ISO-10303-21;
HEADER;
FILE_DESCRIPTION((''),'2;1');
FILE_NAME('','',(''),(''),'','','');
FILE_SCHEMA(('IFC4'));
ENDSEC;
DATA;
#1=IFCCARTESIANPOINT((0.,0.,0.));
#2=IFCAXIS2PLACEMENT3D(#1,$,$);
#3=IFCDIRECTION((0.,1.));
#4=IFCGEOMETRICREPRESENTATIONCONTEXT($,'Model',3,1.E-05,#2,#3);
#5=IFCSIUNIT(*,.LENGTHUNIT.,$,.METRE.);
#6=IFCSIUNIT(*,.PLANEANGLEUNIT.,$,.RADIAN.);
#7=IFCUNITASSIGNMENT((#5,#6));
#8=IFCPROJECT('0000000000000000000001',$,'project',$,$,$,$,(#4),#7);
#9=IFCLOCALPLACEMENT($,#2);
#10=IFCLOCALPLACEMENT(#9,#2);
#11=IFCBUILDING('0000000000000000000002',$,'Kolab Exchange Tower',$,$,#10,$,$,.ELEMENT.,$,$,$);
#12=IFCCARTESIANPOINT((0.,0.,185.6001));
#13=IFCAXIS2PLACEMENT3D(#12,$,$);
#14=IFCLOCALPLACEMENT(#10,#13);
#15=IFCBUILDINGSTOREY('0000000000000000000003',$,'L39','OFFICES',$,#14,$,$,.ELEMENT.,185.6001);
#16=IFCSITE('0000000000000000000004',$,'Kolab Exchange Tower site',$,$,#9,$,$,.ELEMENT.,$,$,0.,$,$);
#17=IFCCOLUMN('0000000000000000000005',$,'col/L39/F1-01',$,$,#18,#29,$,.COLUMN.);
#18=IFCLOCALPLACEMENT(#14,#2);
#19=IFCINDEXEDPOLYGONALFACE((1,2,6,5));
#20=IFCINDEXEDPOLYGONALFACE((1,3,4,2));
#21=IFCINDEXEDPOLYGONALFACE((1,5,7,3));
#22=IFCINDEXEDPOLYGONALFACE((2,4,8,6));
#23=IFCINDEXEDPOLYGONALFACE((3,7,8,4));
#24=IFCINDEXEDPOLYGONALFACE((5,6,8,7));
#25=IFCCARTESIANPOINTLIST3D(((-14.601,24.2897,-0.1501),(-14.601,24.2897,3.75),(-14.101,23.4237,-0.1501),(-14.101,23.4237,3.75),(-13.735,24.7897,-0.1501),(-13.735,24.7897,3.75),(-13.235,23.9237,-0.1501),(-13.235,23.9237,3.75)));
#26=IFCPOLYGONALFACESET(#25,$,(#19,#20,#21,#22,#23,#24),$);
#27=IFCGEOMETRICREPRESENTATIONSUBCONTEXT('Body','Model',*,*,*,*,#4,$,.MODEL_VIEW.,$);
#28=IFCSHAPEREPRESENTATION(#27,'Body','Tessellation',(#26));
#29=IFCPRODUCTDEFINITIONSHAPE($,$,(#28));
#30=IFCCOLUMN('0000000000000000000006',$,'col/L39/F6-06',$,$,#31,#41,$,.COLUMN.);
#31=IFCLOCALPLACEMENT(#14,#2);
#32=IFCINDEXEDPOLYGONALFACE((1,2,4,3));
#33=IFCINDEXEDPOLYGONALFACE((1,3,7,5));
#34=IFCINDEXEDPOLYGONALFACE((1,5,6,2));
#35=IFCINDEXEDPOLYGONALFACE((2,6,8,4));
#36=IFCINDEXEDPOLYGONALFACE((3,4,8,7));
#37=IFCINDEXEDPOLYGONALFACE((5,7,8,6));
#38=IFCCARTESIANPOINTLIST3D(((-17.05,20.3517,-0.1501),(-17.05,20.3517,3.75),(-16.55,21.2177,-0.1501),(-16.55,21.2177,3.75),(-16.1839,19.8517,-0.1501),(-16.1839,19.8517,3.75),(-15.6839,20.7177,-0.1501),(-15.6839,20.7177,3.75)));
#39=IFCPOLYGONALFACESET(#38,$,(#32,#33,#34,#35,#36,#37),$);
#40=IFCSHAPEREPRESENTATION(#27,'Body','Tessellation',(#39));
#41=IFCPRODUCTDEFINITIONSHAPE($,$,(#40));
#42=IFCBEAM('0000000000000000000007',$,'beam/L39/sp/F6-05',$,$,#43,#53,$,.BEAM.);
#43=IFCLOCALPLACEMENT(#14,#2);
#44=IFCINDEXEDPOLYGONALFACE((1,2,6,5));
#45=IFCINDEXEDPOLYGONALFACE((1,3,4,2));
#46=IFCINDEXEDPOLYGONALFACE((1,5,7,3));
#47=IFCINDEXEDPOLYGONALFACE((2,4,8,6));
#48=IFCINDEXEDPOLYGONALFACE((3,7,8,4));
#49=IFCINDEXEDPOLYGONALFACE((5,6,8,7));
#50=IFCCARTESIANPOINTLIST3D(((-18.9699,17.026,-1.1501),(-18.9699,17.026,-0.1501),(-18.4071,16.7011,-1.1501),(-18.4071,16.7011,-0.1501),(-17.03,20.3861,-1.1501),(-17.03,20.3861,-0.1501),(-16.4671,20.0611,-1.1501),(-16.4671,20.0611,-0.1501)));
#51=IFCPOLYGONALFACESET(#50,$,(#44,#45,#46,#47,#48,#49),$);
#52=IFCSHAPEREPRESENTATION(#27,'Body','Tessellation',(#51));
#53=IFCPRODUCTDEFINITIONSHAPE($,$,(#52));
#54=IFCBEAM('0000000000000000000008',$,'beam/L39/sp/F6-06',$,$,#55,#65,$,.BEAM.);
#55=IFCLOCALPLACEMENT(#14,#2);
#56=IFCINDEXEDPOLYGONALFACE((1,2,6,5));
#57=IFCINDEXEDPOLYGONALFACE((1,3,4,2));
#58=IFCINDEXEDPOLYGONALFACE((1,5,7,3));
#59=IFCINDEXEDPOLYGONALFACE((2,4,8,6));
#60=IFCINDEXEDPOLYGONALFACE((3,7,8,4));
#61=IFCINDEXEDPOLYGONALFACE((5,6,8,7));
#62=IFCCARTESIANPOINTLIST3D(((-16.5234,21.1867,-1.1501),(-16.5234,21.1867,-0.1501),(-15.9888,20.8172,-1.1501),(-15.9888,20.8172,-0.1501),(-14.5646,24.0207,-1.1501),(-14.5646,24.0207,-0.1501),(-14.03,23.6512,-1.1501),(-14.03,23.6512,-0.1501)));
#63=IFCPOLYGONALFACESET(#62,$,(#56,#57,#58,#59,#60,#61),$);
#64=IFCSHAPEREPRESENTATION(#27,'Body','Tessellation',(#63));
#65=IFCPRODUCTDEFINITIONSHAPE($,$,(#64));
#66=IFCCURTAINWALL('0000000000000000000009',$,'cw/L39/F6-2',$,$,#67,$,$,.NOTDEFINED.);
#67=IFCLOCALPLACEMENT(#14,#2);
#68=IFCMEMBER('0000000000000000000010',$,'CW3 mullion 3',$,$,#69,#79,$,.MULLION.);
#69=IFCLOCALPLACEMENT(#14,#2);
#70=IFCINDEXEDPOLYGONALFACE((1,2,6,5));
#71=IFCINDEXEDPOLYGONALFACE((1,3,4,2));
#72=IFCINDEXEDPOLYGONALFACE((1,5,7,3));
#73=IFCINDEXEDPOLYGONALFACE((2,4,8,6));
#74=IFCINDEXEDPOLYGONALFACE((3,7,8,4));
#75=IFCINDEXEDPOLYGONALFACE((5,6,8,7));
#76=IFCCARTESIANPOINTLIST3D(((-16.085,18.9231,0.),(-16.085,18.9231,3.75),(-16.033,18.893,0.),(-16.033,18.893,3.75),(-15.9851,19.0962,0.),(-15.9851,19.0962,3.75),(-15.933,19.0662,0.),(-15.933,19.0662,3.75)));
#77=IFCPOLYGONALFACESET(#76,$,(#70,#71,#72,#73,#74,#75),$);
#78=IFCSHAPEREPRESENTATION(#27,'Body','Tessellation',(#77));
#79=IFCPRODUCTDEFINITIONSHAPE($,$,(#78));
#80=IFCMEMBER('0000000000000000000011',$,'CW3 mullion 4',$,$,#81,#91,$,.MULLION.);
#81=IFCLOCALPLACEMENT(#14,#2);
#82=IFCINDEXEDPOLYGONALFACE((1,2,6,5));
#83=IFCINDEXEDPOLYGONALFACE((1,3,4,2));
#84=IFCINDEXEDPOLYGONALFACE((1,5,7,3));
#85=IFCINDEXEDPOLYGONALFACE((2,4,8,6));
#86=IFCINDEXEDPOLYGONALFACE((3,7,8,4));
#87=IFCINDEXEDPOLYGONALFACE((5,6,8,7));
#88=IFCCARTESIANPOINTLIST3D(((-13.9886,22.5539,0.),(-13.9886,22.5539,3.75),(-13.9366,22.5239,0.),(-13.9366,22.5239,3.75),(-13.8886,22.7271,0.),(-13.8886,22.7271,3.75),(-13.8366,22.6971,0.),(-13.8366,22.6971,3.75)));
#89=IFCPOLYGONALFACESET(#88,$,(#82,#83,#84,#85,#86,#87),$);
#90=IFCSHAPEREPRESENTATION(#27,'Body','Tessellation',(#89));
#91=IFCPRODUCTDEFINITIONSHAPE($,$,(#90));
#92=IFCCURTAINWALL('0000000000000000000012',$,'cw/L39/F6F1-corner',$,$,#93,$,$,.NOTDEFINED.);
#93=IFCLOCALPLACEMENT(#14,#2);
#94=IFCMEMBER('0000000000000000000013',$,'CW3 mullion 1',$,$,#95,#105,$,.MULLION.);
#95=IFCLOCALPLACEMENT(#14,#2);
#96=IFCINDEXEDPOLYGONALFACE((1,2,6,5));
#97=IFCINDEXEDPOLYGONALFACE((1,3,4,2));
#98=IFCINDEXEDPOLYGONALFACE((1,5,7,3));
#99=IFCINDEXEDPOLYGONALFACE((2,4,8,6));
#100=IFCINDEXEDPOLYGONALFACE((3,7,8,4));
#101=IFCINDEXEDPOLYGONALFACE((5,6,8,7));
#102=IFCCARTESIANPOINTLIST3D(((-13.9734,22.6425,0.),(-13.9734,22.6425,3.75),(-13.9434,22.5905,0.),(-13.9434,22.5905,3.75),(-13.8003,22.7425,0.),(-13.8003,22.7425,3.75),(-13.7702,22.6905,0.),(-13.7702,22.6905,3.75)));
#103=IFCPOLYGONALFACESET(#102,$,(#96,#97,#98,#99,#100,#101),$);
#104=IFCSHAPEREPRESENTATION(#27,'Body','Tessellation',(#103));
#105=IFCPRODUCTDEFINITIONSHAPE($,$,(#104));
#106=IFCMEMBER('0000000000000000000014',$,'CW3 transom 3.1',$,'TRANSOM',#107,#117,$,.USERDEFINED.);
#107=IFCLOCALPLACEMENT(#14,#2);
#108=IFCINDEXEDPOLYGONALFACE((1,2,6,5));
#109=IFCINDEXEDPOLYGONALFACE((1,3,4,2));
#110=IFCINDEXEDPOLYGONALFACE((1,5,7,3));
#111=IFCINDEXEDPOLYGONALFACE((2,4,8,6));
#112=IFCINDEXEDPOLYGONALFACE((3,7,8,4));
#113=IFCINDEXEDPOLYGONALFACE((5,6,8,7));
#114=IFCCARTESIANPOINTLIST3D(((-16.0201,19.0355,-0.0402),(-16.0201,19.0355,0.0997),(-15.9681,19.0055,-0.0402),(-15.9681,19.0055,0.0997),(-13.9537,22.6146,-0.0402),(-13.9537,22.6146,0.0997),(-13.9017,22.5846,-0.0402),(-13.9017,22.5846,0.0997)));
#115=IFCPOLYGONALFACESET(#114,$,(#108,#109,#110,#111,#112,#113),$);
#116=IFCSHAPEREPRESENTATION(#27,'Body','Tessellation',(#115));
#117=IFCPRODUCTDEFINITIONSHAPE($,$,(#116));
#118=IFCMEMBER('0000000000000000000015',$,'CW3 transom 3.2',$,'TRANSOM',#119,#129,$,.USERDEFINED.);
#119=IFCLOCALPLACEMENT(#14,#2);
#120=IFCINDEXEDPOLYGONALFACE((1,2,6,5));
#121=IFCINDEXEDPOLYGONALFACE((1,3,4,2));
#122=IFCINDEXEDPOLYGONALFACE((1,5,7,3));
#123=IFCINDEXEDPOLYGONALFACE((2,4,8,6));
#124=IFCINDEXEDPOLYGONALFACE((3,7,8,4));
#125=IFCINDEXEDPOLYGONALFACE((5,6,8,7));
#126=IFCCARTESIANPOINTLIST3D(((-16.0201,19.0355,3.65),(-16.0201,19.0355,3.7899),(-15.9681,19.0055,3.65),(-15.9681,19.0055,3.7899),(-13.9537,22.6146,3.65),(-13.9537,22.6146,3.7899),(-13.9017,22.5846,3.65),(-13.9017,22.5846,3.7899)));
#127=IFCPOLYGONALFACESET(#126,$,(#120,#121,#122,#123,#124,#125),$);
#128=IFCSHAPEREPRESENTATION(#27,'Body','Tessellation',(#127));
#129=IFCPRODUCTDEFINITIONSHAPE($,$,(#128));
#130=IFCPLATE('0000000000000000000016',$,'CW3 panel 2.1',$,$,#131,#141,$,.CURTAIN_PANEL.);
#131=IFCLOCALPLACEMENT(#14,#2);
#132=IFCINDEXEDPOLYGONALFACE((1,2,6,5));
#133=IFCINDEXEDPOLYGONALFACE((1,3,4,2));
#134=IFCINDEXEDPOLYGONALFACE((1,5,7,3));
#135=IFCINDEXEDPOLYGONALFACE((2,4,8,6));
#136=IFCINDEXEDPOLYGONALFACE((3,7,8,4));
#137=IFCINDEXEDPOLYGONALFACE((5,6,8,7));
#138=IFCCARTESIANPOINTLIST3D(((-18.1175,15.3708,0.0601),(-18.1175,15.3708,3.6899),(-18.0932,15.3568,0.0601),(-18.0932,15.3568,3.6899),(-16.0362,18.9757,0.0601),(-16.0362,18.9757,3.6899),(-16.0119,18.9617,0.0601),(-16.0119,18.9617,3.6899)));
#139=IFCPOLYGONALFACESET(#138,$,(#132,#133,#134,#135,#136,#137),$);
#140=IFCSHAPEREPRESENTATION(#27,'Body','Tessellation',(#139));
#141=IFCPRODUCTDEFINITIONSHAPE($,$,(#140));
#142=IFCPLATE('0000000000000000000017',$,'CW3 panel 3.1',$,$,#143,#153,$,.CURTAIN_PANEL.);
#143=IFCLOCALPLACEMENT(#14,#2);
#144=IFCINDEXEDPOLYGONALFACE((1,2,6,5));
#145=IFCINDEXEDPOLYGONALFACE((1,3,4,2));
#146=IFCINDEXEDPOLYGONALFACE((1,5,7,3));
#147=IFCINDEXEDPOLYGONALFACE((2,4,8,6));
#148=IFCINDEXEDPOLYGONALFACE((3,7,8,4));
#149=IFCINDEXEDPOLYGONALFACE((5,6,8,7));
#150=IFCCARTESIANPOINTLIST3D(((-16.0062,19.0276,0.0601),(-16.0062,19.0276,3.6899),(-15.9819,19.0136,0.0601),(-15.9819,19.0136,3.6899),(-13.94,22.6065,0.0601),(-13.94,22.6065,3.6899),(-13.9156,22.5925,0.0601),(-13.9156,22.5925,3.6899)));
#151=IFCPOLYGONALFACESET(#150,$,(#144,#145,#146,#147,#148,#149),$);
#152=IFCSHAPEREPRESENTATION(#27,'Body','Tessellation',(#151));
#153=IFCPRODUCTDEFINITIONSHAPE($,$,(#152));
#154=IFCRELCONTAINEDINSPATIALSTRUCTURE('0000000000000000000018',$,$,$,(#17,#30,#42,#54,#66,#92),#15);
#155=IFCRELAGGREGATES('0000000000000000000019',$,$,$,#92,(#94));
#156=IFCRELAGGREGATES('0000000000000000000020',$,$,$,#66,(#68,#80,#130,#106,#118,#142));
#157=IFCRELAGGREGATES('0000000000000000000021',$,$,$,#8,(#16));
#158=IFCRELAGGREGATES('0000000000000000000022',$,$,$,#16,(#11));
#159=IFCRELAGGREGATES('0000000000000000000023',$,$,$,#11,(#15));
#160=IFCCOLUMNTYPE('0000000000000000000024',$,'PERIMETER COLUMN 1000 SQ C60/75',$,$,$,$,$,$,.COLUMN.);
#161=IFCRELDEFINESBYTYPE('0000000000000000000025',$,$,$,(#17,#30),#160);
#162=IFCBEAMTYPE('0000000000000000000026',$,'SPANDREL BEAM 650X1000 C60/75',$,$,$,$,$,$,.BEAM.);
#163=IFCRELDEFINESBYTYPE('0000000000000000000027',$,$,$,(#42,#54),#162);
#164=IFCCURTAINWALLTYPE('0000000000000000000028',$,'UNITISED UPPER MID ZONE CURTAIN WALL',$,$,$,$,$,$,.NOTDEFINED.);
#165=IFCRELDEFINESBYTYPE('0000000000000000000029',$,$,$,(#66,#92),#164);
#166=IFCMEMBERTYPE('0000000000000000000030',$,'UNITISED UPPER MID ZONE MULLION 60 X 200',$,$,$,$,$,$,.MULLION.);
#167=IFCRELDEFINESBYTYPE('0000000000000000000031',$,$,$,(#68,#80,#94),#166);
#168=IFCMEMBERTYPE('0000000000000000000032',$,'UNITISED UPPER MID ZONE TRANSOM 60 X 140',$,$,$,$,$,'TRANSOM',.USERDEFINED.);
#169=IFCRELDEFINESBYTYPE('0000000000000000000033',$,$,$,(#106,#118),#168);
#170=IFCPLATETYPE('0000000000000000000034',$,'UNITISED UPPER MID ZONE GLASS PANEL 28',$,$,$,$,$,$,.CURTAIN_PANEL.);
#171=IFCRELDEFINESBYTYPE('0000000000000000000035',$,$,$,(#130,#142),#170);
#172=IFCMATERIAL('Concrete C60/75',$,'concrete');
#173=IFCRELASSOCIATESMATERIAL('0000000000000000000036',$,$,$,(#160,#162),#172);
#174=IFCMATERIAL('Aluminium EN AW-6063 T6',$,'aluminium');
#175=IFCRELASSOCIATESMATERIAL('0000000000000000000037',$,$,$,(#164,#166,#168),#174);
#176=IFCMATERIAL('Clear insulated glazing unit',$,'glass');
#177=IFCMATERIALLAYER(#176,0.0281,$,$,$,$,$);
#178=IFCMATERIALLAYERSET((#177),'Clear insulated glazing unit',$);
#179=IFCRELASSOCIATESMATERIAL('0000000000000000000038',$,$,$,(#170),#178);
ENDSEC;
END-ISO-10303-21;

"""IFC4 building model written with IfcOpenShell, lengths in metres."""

from ifc_helpers import new_model, si_unit, direction, frame, origin, origin_2d, place, context, subcontext, project, spatial, rectangle, extrude, material, layer, layer_set, material_profile, profile_set, type_object, element, aggregate, save


model = new_model("IFC4")

# Units and contexts
model_context = context("Model", 3, precision=1e-05, world=origin(), true_north=direction((0.0, 1.0)))
body_context = subcontext(model_context, "Body", "Model", "MODEL_VIEW")
ifc_project = project(units=[si_unit("LENGTHUNIT", "METRE"), si_unit("PLANEANGLEUNIT", "RADIAN")], contexts=[model_context])

# Site, building, storey
site_placement = place(None, origin())
site = spatial("IfcSite", under=ifc_project, at=site_placement, Name="Kolab Exchange Tower site", CompositionType="ELEMENT", RefElevation=0.0)
building_placement = place(site_placement, origin())
building = spatial("IfcBuilding", under=site, at=building_placement, Name="Kolab Exchange Tower", CompositionType="ELEMENT")
storey_placement = place(building_placement, frame((0.0, 0.0, 185.6001)))
storey = spatial("IfcBuildingStorey", under=building, at=storey_placement, Name="L39", Description="OFFICES", CompositionType="ELEMENT", Elevation=185.6001)

# Columns
ifc_material_1 = material(Name="Concrete C60/75", Category="concrete")
ifc_material_profile_1 = material_profile(ifc_material_1, rectangle(XDim=1.0, YDim=1.0, at=origin_2d()), Name="RC1000")
ifc_profile_set_1 = profile_set([ifc_material_profile_1], Name="Concrete C60/75")
column_type = type_object("IfcColumnType", Name="PERIMETER COLUMN 1000 SQ C60/75", PredefinedType="COLUMN", material=ifc_profile_set_1)
for number, where, z_axis, x_axis, name in (
    (1, (-13.918, 24.1067, -0.1501), (0.0, 0.0, 1.0), (0.866025, 0.5, 0.0), "col/L39/F1-01"),
    (2, (-16.3669, 20.5347, -0.1501), (0.0, 0.0, 1.0), (0.5, 0.866025, 0.0), "col/L39/F6-06"),
):
    element("IfcColumn", number, at=place(storey_placement, frame(where, z_axis=z_axis, x_axis=x_axis)), inside=storey, type_object=column_type, Name=name, PredefinedType="COLUMN", context=body_context, shape_type="SweptSolid", body=[
        extrude(rectangle(XDim=1.0, YDim=1.0, at=origin_2d()), origin(), (0.0, 0.0, 1.0), 3.9001),
    ])

# Beams
ifc_material_profile_2 = material_profile(ifc_material_1, rectangle(XDim=0.6499, YDim=1.0, at=origin_2d()), Name="RC650X1000")
ifc_profile_set_2 = profile_set([ifc_material_profile_2], Name="Concrete C60/75")
beam_type = type_object("IfcBeamType", Name="SPANDREL BEAM 650X1000 C60/75", PredefinedType="BEAM", material=ifc_profile_set_2)
beam_1_placement = place(storey_placement, frame((-18.6885, 16.8635, -0.6501), z_axis=(0.499997, 0.866027, 0.0), x_axis=(-0.866027, 0.499997, 0.0)))
element("IfcBeam", 3, at=beam_1_placement, inside=storey, type_object=beam_type, Name="beam/L39/sp/F6-05", PredefinedType="BEAM", context=body_context, shape_type="SweptSolid", body=[
    extrude(rectangle(XDim=0.6499, YDim=1.0, at=origin_2d()), origin(), (0.0, 0.0, 1.0), 3.8799),
])
beam_2_placement = place(storey_placement, frame((-16.2561, 21.002, -0.6501), z_axis=(0.568572, 0.822633, 0.0), x_axis=(-0.822633, 0.568572, 0.0)))
element("IfcBeam", 4, at=beam_2_placement, inside=storey, type_object=beam_type, Name="beam/L39/sp/F6-06", PredefinedType="BEAM", context=body_context, shape_type="SweptSolid", body=[
    extrude(rectangle(XDim=0.6499, YDim=1.0, at=origin_2d()), origin(), (0.0, 0.0, 1.0), 3.4451),
])

# Curtain wall, members
ifc_material_2 = material(Name="Aluminium EN AW-6063 T6", Category="aluminium")
curtain_wall_type = type_object("IfcCurtainWallType", Name="UNITISED UPPER MID ZONE CURTAIN WALL", PredefinedType="NOTDEFINED", material=ifc_material_2)
curtain_wall_1_placement = place(storey_placement, origin())
curtain_wall_1 = element("IfcCurtainWall", 5, at=curtain_wall_1_placement, inside=storey, type_object=curtain_wall_type, Name="cw/L39/F6-2", PredefinedType="NOTDEFINED")
ifc_material_profile_3 = material_profile(ifc_material_2, rectangle(XDim=0.0601, YDim=0.2, at=origin_2d()), Name="RECT 60X200")
ifc_profile_set_3 = profile_set([ifc_material_profile_3], Name="Aluminium EN AW-6063 T6")
member_type_1 = type_object("IfcMemberType", Name="UNITISED UPPER MID ZONE MULLION 60 X 200", PredefinedType="MULLION", material=ifc_profile_set_3)
member_1_placement = place(storey_placement, frame((-16.009, 18.9946, 0.0), z_axis=(0.0, 0.0, 1.0), x_axis=(-0.866025, 0.5, 0.0)))
member_1 = element("IfcMember", 6, at=member_1_placement, type_object=member_type_1, Name="CW3 mullion 3", PredefinedType="MULLION", context=body_context, shape_type="SweptSolid", body=[
    extrude(rectangle(XDim=0.0601, YDim=0.2, at=origin_2d()), origin(), (0.0, 0.0, 1.0), 3.75),
])
member_2_placement = place(storey_placement, frame((-13.9126, 22.6255, 0.0), z_axis=(0.0, 0.0, 1.0), x_axis=(-0.866025, 0.5, 0.0)))
member_2 = element("IfcMember", 7, at=member_2_placement, type_object=member_type_1, Name="CW3 mullion 4", PredefinedType="MULLION", context=body_context, shape_type="SweptSolid", body=[
    extrude(rectangle(XDim=0.0601, YDim=0.2, at=origin_2d()), origin(), (0.0, 0.0, 1.0), 3.75),
])

# Curtain wall, member
curtain_wall_2_placement = place(storey_placement, origin())
curtain_wall_2 = element("IfcCurtainWall", 8, at=curtain_wall_2_placement, inside=storey, type_object=curtain_wall_type, Name="cw/L39/F6F1-corner", PredefinedType="NOTDEFINED")
member_3_placement = place(storey_placement, frame((-13.8718, 22.6665, 0.0), z_axis=(0.0, 0.0, 1.0), x_axis=(-0.5, 0.866025, 0.0)))
member_3 = element("IfcMember", 9, at=member_3_placement, type_object=member_type_1, Name="CW3 mullion 1", PredefinedType="MULLION", context=body_context, shape_type="SweptSolid", body=[
    extrude(rectangle(XDim=0.0601, YDim=0.2, at=origin_2d()), origin(), (0.0, 0.0, 1.0), 3.75),
])
aggregate(curtain_wall_2, [member_3])

# Members
ifc_material_profile_4 = material_profile(ifc_material_2, rectangle(XDim=0.0601, YDim=0.1399, at=origin_2d()), Name="RECT 60X140")
ifc_profile_set_4 = profile_set([ifc_material_profile_4], Name="Aluminium EN AW-6063 T6")
member_type_2 = type_object("IfcMemberType", Name="UNITISED UPPER MID ZONE TRANSOM 60 X 140", ElementType="TRANSOM", PredefinedType="USERDEFINED", material=ifc_profile_set_4)
member_4_placement = place(storey_placement, frame((-15.9941, 19.0205, 0.0298), z_axis=(0.500002, 0.866024, 0.0), x_axis=(-0.866024, 0.500002, 0.0)))
member_4 = element("IfcMember", 10, at=member_4_placement, type_object=member_type_2, Name="CW3 transom 3.1", ObjectType="TRANSOM", PredefinedType="USERDEFINED", context=body_context, shape_type="SweptSolid", body=[
    extrude(rectangle(XDim=0.0601, YDim=0.1399, at=origin_2d()), origin(), (0.0, 0.0, 1.0), 4.1328),
])
member_5_placement = place(storey_placement, frame((-15.9941, 19.0205, 3.72), z_axis=(0.500002, 0.866024, 0.0), x_axis=(-0.866024, 0.500002, 0.0)))
member_5 = element("IfcMember", 11, at=member_5_placement, type_object=member_type_2, Name="CW3 transom 3.2", ObjectType="TRANSOM", PredefinedType="USERDEFINED", context=body_context, shape_type="SweptSolid", body=[
    extrude(rectangle(XDim=0.0601, YDim=0.1399, at=origin_2d()), origin(), (0.0, 0.0, 1.0), 4.1328),
])

# Plates
ifc_material_3 = material(Name="Clear insulated glazing unit", Category="glass")
ifc_layer_1 = layer(ifc_material_3, 0.0281)
ifc_layer_set_1 = layer_set([ifc_layer_1], Name="Clear insulated glazing unit")
plate_type = type_object("IfcPlateType", Name="UNITISED UPPER MID ZONE GLASS PANEL 28", PredefinedType="CURTAIN_PANEL", material=ifc_layer_set_1)
plate_1_placement = place(storey_placement, frame((-17.0647, 17.1663, 0.0601), z_axis=(0.0, 0.0, 1.0), x_axis=(0.5, 0.866025, 0.0)))
plate_1 = element("IfcPlate", 12, at=plate_1_placement, type_object=plate_type, Name="CW3 panel 2.1", PredefinedType="CURTAIN_PANEL", context=body_context, shape_type="SweptSolid", body=[
    extrude(rectangle(XDim=4.1626, YDim=0.0281, at=origin_2d()), origin(), (0.0, 0.0, 1.0), 3.6299),
])
plate_2_placement = place(storey_placement, frame((-14.9609, 20.8101, 0.0601), z_axis=(0.0, 0.0, 1.0), x_axis=(0.5, 0.866025, 0.0)))
plate_2 = element("IfcPlate", 13, at=plate_2_placement, type_object=plate_type, Name="CW3 panel 3.1", PredefinedType="CURTAIN_PANEL", context=body_context, shape_type="SweptSolid", body=[
    extrude(rectangle(XDim=4.1326, YDim=0.0281, at=origin_2d()), origin(), (0.0, 0.0, 1.0), 3.6299),
])
aggregate(curtain_wall_1, [member_1, member_2, plate_1, member_4, member_5, plate_2])

save(model, "model.ifc")
